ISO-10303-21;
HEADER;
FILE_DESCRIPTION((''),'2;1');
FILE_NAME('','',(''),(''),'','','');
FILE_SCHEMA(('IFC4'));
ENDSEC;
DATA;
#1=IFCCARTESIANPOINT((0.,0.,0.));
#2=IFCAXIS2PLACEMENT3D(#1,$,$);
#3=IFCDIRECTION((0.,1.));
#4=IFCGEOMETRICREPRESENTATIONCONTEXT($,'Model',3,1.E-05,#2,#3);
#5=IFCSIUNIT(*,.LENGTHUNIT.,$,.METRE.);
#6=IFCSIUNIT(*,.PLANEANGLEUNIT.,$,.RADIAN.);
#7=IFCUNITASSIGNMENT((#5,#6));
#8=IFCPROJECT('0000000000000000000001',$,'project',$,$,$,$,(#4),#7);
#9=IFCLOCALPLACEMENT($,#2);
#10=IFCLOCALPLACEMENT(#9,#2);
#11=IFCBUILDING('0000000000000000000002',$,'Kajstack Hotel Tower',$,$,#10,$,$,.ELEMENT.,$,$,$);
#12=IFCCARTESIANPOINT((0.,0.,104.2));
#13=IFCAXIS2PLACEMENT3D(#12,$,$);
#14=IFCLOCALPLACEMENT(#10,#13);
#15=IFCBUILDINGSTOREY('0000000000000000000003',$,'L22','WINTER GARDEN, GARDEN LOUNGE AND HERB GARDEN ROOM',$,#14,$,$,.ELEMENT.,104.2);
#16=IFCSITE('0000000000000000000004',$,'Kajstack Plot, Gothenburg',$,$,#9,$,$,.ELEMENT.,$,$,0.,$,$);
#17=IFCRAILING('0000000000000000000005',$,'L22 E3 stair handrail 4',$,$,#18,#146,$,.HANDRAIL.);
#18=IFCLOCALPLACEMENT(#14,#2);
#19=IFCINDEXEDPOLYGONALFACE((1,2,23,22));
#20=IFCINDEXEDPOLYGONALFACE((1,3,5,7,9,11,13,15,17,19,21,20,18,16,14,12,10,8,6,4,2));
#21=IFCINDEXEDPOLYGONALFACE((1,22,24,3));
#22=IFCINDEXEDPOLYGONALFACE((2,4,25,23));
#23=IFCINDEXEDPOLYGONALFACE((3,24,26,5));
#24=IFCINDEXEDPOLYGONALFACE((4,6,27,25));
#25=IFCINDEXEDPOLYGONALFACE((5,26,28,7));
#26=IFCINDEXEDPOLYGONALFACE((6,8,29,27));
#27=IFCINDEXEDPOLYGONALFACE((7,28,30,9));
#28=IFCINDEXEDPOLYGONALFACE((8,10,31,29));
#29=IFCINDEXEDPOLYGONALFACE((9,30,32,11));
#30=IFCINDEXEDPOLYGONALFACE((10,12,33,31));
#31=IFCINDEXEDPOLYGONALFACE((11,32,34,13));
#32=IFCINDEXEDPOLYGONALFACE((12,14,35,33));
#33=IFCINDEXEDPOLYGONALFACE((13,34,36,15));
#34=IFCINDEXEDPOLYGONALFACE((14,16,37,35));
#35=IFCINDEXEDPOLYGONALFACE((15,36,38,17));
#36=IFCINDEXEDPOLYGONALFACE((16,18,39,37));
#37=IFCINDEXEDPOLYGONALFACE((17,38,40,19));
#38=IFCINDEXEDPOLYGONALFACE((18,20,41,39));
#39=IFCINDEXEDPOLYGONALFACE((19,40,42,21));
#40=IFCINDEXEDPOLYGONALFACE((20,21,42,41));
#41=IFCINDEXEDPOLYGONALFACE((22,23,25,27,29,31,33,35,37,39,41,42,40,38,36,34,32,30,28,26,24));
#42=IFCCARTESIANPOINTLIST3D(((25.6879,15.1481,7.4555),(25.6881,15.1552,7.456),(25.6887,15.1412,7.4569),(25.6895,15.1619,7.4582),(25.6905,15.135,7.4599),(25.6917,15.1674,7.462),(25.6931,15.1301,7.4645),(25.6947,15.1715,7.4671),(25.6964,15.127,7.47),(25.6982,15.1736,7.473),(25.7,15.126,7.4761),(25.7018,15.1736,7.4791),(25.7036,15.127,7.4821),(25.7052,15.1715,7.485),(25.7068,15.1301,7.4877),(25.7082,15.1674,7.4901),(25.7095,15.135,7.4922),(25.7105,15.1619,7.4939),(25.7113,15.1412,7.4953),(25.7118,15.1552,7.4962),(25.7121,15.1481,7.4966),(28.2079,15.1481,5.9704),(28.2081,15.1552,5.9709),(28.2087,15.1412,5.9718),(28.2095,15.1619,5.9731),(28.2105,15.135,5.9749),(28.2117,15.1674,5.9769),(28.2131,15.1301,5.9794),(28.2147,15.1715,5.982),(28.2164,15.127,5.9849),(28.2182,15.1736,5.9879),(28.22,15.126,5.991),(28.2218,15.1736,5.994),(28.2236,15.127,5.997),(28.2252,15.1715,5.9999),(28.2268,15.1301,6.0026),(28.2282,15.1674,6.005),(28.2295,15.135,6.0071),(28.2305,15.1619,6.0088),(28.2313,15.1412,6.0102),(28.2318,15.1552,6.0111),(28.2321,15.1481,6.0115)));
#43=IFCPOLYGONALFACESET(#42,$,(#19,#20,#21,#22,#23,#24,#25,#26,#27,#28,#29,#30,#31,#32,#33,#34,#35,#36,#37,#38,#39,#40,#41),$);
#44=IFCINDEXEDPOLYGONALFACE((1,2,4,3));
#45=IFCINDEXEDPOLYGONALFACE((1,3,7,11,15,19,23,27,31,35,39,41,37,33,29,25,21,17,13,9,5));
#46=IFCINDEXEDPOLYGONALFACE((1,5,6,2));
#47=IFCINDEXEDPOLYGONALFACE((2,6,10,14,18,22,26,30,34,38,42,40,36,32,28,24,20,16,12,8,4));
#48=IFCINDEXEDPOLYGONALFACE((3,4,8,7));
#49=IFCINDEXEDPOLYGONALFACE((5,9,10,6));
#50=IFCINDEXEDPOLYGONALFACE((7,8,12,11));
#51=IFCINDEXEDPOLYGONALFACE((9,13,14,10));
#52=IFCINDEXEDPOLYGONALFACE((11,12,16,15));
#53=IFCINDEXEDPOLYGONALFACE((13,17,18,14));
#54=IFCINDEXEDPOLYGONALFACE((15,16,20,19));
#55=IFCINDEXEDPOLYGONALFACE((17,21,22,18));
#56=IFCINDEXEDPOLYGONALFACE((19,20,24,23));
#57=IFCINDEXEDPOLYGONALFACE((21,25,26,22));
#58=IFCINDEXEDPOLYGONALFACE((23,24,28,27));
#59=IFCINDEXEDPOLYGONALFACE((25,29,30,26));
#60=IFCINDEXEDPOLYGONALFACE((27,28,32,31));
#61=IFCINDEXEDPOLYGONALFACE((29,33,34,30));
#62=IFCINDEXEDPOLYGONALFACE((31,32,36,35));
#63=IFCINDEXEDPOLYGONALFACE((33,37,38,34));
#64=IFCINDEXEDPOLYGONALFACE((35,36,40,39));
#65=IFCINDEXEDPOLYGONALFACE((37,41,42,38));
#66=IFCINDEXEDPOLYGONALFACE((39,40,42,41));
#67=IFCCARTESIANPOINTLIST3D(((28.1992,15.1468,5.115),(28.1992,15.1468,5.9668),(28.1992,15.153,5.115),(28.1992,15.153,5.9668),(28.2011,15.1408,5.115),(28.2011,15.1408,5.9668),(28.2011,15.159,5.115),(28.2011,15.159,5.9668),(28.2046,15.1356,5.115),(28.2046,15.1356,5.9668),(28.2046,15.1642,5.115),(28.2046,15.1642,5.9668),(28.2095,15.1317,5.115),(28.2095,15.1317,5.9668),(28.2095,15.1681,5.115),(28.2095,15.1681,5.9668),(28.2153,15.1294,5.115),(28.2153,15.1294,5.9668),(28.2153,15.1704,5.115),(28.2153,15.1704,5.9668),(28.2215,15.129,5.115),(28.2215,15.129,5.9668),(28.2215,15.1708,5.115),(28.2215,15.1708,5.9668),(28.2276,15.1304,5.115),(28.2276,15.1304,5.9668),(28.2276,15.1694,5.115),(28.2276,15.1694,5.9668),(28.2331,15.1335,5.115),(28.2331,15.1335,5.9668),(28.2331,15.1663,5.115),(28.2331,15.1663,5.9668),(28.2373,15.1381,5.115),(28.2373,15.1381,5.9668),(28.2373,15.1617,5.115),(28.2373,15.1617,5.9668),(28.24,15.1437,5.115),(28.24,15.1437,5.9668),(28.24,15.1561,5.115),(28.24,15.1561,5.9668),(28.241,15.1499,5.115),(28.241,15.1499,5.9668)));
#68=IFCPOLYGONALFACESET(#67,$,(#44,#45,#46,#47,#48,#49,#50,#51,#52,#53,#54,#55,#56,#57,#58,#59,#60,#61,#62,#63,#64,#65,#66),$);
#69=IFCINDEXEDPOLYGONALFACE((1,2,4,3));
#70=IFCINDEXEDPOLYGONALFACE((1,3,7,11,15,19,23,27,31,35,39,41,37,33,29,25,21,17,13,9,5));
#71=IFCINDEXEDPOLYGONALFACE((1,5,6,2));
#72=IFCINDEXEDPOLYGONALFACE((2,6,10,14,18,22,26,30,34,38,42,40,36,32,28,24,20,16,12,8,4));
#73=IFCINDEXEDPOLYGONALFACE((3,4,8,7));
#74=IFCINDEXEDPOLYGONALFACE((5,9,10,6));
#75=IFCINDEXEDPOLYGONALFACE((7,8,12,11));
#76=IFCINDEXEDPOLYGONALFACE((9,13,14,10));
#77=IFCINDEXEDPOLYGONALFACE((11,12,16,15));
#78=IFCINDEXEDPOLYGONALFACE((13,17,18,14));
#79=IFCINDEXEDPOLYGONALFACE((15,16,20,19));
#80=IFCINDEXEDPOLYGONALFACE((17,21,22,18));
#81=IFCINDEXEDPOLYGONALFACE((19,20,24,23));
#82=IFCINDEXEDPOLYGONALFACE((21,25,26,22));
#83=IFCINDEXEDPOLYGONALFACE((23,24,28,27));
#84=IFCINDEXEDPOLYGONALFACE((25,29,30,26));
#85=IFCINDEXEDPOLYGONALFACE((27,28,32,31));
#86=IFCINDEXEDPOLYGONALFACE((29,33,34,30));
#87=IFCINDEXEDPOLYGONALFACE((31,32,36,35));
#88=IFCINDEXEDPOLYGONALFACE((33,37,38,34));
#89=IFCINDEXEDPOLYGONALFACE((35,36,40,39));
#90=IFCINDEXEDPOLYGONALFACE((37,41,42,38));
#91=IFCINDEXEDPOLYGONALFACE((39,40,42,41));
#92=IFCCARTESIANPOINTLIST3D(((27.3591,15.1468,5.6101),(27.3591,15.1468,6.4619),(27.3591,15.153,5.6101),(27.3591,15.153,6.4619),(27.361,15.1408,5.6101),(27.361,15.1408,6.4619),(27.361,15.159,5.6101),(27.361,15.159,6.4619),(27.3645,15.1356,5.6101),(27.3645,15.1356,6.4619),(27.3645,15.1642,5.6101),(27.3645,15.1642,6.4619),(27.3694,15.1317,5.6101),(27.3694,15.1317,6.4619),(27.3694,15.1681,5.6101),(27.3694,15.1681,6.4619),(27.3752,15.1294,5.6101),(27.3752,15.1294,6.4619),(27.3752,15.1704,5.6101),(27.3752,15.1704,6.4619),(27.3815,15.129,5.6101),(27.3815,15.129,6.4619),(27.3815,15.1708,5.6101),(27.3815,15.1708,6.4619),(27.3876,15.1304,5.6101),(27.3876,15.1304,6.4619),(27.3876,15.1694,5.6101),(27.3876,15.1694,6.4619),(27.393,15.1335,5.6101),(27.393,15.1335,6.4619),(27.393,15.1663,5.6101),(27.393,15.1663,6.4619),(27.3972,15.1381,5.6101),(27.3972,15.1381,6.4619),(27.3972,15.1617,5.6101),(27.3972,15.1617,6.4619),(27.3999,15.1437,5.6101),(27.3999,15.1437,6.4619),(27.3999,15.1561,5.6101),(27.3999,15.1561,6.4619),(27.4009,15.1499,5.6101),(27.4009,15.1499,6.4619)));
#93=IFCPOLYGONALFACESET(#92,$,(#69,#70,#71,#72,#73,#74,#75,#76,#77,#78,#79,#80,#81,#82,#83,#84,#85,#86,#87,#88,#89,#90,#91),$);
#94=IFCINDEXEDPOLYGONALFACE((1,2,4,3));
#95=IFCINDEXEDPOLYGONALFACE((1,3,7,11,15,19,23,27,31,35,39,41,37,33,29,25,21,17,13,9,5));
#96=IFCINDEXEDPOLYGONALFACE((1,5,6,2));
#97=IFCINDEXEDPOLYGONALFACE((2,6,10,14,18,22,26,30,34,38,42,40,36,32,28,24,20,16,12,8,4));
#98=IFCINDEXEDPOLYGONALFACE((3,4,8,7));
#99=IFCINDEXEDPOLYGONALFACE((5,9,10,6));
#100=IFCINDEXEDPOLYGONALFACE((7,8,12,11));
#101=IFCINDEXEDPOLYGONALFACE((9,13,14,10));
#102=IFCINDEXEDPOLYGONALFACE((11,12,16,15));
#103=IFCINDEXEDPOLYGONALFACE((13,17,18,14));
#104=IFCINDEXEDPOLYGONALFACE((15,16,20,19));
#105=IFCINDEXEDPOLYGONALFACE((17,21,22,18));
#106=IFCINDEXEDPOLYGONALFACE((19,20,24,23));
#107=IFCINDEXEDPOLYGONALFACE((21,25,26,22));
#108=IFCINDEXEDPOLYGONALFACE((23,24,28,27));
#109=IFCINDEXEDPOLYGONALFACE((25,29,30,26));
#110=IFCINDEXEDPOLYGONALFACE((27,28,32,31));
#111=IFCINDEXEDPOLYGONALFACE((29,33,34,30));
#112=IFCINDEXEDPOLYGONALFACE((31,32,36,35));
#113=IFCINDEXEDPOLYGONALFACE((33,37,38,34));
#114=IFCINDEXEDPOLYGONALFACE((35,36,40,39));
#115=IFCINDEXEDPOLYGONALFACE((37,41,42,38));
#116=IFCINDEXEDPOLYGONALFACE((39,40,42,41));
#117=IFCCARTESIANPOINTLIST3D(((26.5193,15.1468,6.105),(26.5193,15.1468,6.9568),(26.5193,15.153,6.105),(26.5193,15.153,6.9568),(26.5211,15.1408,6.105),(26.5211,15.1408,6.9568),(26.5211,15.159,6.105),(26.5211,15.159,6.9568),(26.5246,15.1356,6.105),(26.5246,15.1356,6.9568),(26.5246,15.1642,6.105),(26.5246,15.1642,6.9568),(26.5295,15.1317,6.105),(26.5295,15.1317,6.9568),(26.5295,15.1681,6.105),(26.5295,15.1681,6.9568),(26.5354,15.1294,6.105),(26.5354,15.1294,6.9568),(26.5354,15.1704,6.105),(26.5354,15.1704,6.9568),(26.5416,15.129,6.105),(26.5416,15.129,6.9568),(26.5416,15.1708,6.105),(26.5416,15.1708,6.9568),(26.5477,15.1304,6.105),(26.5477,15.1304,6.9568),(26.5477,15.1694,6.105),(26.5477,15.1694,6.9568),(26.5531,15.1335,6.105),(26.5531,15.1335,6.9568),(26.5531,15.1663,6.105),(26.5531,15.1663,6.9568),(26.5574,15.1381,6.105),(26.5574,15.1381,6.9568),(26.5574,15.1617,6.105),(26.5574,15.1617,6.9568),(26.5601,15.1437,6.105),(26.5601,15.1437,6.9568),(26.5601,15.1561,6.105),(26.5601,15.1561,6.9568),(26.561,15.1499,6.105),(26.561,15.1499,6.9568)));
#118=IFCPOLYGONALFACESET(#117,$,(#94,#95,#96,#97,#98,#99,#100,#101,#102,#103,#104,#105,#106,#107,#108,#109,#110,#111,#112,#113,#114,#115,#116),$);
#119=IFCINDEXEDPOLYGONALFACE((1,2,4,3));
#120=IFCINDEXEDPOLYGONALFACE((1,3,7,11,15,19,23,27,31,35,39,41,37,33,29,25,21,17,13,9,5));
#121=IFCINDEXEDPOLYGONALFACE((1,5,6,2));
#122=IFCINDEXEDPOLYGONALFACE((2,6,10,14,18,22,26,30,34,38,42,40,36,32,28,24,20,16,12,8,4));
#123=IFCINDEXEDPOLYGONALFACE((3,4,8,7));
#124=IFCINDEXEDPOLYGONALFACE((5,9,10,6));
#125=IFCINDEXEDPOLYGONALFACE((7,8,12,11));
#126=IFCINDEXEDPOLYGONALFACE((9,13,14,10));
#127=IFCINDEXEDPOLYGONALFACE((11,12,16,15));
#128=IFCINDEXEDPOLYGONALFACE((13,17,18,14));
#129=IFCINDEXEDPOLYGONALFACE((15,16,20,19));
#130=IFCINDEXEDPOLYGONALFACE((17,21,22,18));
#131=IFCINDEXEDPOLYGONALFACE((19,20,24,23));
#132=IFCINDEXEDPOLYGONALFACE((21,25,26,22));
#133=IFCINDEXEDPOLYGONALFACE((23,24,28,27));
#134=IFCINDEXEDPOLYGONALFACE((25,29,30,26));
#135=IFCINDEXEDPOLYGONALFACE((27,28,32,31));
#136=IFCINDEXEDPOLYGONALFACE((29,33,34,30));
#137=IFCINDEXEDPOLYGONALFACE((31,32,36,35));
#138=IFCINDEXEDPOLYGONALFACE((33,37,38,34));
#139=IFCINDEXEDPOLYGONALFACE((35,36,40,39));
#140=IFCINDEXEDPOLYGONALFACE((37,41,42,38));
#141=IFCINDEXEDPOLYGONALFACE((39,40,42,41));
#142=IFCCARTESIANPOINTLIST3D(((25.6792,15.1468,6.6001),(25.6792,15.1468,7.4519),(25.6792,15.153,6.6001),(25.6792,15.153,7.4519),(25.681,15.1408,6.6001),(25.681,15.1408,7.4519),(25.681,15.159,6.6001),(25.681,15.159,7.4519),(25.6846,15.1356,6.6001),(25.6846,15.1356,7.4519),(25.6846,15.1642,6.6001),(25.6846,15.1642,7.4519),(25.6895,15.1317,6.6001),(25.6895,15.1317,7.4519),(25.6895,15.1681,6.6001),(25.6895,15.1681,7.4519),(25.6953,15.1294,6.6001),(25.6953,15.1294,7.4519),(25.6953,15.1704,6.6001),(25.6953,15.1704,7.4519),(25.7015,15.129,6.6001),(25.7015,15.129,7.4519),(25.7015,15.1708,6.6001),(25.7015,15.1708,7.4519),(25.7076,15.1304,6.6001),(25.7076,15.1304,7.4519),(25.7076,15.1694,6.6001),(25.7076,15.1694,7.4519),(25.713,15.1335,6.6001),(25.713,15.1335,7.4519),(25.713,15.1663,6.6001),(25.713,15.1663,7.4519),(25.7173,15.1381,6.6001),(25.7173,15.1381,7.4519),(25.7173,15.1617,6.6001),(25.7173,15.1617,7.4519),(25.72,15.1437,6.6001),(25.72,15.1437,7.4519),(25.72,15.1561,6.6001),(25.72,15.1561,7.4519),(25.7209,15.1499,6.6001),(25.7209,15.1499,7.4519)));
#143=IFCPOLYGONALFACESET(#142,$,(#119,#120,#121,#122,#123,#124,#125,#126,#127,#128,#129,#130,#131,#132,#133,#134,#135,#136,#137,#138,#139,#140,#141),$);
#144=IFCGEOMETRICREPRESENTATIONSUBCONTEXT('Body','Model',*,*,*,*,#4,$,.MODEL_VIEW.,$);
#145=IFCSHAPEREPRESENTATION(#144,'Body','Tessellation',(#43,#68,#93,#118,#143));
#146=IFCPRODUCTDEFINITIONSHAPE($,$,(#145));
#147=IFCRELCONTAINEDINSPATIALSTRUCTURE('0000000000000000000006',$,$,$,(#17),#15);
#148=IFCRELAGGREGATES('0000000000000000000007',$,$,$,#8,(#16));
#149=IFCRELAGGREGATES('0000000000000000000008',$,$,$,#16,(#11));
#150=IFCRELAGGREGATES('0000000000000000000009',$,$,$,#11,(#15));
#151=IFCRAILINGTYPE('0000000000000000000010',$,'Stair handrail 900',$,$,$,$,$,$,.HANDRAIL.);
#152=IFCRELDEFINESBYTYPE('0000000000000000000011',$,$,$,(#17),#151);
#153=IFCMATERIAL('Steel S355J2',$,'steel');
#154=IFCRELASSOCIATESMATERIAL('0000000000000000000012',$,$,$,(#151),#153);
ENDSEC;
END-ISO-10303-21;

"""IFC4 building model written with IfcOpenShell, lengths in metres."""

from ifc_helpers import new_model, si_unit, direction, frame, origin, origin_2d, place, context, subcontext, project, spatial, circle, extrude, material, type_object, element, save


model = new_model("IFC4")

# Units and contexts
model_context = context("Model", 3, precision=1e-05, world=origin(), true_north=direction((0.0, 1.0)))
body_context = subcontext(model_context, "Body", "Model", "MODEL_VIEW")
ifc_project = project(units=[si_unit("LENGTHUNIT", "METRE"), si_unit("PLANEANGLEUNIT", "RADIAN")], contexts=[model_context])

# Site, building, storey
site_placement = place(None, origin())
site = spatial("IfcSite", under=ifc_project, at=site_placement, Name="Kajstack Plot, Gothenburg", CompositionType="ELEMENT", RefElevation=0.0)
building_placement = place(site_placement, origin())
building = spatial("IfcBuilding", under=site, at=building_placement, Name="Kajstack Hotel Tower", CompositionType="ELEMENT")
storey_placement = place(building_placement, frame((0.0, 0.0, 104.2)))
storey = spatial("IfcBuildingStorey", under=building, at=storey_placement, Name="L22", Description="WINTER GARDEN, GARDEN LOUNGE AND HERB GARDEN ROOM", CompositionType="ELEMENT", Elevation=104.2)

# Railing
ifc_material_1 = material(Name="Steel S355J2", Category="steel")
railing_type_1 = type_object("IfcRailingType", Name="Stair handrail 900", PredefinedType="HANDRAIL", material=ifc_material_1)
railing_1_placement = place(storey_placement, frame((28.22, 15.1499, 5.115)))
element("IfcRailing", 1, at=railing_1_placement, inside=storey, type_object=railing_type_1, Name="L22 E3 stair handrail 4", PredefinedType="HANDRAIL", context=body_context, shape_type="SweptSolid", body=[
    extrude(circle(Radius=0.0239, at=origin_2d()), frame((0.0, 0.0, 0.876), z_axis=(-0.861524, 0.0, 0.507717), x_axis=(0.0, -1.0, 0.0)), (0.0, 0.0, 1.0), 2.925),
    extrude(circle(Radius=0.021, at=origin_2d()), origin(), (0.0, 0.0, 1.0), 0.8518),
    extrude(circle(Radius=0.021, at=origin_2d()), frame((-0.8401, 0.0, 0.4951)), (0.0, 0.0, 1.0), 0.8518),
    extrude(circle(Radius=0.021, at=origin_2d()), frame((-1.6799, 0.0, 0.99)), (0.0, 0.0, 1.0), 0.8518),
    extrude(circle(Radius=0.021, at=origin_2d()), frame((-2.52, 0.0, 1.4851)), (0.0, 0.0, 1.0), 0.8518),
])

save(model, "model.ifc")
